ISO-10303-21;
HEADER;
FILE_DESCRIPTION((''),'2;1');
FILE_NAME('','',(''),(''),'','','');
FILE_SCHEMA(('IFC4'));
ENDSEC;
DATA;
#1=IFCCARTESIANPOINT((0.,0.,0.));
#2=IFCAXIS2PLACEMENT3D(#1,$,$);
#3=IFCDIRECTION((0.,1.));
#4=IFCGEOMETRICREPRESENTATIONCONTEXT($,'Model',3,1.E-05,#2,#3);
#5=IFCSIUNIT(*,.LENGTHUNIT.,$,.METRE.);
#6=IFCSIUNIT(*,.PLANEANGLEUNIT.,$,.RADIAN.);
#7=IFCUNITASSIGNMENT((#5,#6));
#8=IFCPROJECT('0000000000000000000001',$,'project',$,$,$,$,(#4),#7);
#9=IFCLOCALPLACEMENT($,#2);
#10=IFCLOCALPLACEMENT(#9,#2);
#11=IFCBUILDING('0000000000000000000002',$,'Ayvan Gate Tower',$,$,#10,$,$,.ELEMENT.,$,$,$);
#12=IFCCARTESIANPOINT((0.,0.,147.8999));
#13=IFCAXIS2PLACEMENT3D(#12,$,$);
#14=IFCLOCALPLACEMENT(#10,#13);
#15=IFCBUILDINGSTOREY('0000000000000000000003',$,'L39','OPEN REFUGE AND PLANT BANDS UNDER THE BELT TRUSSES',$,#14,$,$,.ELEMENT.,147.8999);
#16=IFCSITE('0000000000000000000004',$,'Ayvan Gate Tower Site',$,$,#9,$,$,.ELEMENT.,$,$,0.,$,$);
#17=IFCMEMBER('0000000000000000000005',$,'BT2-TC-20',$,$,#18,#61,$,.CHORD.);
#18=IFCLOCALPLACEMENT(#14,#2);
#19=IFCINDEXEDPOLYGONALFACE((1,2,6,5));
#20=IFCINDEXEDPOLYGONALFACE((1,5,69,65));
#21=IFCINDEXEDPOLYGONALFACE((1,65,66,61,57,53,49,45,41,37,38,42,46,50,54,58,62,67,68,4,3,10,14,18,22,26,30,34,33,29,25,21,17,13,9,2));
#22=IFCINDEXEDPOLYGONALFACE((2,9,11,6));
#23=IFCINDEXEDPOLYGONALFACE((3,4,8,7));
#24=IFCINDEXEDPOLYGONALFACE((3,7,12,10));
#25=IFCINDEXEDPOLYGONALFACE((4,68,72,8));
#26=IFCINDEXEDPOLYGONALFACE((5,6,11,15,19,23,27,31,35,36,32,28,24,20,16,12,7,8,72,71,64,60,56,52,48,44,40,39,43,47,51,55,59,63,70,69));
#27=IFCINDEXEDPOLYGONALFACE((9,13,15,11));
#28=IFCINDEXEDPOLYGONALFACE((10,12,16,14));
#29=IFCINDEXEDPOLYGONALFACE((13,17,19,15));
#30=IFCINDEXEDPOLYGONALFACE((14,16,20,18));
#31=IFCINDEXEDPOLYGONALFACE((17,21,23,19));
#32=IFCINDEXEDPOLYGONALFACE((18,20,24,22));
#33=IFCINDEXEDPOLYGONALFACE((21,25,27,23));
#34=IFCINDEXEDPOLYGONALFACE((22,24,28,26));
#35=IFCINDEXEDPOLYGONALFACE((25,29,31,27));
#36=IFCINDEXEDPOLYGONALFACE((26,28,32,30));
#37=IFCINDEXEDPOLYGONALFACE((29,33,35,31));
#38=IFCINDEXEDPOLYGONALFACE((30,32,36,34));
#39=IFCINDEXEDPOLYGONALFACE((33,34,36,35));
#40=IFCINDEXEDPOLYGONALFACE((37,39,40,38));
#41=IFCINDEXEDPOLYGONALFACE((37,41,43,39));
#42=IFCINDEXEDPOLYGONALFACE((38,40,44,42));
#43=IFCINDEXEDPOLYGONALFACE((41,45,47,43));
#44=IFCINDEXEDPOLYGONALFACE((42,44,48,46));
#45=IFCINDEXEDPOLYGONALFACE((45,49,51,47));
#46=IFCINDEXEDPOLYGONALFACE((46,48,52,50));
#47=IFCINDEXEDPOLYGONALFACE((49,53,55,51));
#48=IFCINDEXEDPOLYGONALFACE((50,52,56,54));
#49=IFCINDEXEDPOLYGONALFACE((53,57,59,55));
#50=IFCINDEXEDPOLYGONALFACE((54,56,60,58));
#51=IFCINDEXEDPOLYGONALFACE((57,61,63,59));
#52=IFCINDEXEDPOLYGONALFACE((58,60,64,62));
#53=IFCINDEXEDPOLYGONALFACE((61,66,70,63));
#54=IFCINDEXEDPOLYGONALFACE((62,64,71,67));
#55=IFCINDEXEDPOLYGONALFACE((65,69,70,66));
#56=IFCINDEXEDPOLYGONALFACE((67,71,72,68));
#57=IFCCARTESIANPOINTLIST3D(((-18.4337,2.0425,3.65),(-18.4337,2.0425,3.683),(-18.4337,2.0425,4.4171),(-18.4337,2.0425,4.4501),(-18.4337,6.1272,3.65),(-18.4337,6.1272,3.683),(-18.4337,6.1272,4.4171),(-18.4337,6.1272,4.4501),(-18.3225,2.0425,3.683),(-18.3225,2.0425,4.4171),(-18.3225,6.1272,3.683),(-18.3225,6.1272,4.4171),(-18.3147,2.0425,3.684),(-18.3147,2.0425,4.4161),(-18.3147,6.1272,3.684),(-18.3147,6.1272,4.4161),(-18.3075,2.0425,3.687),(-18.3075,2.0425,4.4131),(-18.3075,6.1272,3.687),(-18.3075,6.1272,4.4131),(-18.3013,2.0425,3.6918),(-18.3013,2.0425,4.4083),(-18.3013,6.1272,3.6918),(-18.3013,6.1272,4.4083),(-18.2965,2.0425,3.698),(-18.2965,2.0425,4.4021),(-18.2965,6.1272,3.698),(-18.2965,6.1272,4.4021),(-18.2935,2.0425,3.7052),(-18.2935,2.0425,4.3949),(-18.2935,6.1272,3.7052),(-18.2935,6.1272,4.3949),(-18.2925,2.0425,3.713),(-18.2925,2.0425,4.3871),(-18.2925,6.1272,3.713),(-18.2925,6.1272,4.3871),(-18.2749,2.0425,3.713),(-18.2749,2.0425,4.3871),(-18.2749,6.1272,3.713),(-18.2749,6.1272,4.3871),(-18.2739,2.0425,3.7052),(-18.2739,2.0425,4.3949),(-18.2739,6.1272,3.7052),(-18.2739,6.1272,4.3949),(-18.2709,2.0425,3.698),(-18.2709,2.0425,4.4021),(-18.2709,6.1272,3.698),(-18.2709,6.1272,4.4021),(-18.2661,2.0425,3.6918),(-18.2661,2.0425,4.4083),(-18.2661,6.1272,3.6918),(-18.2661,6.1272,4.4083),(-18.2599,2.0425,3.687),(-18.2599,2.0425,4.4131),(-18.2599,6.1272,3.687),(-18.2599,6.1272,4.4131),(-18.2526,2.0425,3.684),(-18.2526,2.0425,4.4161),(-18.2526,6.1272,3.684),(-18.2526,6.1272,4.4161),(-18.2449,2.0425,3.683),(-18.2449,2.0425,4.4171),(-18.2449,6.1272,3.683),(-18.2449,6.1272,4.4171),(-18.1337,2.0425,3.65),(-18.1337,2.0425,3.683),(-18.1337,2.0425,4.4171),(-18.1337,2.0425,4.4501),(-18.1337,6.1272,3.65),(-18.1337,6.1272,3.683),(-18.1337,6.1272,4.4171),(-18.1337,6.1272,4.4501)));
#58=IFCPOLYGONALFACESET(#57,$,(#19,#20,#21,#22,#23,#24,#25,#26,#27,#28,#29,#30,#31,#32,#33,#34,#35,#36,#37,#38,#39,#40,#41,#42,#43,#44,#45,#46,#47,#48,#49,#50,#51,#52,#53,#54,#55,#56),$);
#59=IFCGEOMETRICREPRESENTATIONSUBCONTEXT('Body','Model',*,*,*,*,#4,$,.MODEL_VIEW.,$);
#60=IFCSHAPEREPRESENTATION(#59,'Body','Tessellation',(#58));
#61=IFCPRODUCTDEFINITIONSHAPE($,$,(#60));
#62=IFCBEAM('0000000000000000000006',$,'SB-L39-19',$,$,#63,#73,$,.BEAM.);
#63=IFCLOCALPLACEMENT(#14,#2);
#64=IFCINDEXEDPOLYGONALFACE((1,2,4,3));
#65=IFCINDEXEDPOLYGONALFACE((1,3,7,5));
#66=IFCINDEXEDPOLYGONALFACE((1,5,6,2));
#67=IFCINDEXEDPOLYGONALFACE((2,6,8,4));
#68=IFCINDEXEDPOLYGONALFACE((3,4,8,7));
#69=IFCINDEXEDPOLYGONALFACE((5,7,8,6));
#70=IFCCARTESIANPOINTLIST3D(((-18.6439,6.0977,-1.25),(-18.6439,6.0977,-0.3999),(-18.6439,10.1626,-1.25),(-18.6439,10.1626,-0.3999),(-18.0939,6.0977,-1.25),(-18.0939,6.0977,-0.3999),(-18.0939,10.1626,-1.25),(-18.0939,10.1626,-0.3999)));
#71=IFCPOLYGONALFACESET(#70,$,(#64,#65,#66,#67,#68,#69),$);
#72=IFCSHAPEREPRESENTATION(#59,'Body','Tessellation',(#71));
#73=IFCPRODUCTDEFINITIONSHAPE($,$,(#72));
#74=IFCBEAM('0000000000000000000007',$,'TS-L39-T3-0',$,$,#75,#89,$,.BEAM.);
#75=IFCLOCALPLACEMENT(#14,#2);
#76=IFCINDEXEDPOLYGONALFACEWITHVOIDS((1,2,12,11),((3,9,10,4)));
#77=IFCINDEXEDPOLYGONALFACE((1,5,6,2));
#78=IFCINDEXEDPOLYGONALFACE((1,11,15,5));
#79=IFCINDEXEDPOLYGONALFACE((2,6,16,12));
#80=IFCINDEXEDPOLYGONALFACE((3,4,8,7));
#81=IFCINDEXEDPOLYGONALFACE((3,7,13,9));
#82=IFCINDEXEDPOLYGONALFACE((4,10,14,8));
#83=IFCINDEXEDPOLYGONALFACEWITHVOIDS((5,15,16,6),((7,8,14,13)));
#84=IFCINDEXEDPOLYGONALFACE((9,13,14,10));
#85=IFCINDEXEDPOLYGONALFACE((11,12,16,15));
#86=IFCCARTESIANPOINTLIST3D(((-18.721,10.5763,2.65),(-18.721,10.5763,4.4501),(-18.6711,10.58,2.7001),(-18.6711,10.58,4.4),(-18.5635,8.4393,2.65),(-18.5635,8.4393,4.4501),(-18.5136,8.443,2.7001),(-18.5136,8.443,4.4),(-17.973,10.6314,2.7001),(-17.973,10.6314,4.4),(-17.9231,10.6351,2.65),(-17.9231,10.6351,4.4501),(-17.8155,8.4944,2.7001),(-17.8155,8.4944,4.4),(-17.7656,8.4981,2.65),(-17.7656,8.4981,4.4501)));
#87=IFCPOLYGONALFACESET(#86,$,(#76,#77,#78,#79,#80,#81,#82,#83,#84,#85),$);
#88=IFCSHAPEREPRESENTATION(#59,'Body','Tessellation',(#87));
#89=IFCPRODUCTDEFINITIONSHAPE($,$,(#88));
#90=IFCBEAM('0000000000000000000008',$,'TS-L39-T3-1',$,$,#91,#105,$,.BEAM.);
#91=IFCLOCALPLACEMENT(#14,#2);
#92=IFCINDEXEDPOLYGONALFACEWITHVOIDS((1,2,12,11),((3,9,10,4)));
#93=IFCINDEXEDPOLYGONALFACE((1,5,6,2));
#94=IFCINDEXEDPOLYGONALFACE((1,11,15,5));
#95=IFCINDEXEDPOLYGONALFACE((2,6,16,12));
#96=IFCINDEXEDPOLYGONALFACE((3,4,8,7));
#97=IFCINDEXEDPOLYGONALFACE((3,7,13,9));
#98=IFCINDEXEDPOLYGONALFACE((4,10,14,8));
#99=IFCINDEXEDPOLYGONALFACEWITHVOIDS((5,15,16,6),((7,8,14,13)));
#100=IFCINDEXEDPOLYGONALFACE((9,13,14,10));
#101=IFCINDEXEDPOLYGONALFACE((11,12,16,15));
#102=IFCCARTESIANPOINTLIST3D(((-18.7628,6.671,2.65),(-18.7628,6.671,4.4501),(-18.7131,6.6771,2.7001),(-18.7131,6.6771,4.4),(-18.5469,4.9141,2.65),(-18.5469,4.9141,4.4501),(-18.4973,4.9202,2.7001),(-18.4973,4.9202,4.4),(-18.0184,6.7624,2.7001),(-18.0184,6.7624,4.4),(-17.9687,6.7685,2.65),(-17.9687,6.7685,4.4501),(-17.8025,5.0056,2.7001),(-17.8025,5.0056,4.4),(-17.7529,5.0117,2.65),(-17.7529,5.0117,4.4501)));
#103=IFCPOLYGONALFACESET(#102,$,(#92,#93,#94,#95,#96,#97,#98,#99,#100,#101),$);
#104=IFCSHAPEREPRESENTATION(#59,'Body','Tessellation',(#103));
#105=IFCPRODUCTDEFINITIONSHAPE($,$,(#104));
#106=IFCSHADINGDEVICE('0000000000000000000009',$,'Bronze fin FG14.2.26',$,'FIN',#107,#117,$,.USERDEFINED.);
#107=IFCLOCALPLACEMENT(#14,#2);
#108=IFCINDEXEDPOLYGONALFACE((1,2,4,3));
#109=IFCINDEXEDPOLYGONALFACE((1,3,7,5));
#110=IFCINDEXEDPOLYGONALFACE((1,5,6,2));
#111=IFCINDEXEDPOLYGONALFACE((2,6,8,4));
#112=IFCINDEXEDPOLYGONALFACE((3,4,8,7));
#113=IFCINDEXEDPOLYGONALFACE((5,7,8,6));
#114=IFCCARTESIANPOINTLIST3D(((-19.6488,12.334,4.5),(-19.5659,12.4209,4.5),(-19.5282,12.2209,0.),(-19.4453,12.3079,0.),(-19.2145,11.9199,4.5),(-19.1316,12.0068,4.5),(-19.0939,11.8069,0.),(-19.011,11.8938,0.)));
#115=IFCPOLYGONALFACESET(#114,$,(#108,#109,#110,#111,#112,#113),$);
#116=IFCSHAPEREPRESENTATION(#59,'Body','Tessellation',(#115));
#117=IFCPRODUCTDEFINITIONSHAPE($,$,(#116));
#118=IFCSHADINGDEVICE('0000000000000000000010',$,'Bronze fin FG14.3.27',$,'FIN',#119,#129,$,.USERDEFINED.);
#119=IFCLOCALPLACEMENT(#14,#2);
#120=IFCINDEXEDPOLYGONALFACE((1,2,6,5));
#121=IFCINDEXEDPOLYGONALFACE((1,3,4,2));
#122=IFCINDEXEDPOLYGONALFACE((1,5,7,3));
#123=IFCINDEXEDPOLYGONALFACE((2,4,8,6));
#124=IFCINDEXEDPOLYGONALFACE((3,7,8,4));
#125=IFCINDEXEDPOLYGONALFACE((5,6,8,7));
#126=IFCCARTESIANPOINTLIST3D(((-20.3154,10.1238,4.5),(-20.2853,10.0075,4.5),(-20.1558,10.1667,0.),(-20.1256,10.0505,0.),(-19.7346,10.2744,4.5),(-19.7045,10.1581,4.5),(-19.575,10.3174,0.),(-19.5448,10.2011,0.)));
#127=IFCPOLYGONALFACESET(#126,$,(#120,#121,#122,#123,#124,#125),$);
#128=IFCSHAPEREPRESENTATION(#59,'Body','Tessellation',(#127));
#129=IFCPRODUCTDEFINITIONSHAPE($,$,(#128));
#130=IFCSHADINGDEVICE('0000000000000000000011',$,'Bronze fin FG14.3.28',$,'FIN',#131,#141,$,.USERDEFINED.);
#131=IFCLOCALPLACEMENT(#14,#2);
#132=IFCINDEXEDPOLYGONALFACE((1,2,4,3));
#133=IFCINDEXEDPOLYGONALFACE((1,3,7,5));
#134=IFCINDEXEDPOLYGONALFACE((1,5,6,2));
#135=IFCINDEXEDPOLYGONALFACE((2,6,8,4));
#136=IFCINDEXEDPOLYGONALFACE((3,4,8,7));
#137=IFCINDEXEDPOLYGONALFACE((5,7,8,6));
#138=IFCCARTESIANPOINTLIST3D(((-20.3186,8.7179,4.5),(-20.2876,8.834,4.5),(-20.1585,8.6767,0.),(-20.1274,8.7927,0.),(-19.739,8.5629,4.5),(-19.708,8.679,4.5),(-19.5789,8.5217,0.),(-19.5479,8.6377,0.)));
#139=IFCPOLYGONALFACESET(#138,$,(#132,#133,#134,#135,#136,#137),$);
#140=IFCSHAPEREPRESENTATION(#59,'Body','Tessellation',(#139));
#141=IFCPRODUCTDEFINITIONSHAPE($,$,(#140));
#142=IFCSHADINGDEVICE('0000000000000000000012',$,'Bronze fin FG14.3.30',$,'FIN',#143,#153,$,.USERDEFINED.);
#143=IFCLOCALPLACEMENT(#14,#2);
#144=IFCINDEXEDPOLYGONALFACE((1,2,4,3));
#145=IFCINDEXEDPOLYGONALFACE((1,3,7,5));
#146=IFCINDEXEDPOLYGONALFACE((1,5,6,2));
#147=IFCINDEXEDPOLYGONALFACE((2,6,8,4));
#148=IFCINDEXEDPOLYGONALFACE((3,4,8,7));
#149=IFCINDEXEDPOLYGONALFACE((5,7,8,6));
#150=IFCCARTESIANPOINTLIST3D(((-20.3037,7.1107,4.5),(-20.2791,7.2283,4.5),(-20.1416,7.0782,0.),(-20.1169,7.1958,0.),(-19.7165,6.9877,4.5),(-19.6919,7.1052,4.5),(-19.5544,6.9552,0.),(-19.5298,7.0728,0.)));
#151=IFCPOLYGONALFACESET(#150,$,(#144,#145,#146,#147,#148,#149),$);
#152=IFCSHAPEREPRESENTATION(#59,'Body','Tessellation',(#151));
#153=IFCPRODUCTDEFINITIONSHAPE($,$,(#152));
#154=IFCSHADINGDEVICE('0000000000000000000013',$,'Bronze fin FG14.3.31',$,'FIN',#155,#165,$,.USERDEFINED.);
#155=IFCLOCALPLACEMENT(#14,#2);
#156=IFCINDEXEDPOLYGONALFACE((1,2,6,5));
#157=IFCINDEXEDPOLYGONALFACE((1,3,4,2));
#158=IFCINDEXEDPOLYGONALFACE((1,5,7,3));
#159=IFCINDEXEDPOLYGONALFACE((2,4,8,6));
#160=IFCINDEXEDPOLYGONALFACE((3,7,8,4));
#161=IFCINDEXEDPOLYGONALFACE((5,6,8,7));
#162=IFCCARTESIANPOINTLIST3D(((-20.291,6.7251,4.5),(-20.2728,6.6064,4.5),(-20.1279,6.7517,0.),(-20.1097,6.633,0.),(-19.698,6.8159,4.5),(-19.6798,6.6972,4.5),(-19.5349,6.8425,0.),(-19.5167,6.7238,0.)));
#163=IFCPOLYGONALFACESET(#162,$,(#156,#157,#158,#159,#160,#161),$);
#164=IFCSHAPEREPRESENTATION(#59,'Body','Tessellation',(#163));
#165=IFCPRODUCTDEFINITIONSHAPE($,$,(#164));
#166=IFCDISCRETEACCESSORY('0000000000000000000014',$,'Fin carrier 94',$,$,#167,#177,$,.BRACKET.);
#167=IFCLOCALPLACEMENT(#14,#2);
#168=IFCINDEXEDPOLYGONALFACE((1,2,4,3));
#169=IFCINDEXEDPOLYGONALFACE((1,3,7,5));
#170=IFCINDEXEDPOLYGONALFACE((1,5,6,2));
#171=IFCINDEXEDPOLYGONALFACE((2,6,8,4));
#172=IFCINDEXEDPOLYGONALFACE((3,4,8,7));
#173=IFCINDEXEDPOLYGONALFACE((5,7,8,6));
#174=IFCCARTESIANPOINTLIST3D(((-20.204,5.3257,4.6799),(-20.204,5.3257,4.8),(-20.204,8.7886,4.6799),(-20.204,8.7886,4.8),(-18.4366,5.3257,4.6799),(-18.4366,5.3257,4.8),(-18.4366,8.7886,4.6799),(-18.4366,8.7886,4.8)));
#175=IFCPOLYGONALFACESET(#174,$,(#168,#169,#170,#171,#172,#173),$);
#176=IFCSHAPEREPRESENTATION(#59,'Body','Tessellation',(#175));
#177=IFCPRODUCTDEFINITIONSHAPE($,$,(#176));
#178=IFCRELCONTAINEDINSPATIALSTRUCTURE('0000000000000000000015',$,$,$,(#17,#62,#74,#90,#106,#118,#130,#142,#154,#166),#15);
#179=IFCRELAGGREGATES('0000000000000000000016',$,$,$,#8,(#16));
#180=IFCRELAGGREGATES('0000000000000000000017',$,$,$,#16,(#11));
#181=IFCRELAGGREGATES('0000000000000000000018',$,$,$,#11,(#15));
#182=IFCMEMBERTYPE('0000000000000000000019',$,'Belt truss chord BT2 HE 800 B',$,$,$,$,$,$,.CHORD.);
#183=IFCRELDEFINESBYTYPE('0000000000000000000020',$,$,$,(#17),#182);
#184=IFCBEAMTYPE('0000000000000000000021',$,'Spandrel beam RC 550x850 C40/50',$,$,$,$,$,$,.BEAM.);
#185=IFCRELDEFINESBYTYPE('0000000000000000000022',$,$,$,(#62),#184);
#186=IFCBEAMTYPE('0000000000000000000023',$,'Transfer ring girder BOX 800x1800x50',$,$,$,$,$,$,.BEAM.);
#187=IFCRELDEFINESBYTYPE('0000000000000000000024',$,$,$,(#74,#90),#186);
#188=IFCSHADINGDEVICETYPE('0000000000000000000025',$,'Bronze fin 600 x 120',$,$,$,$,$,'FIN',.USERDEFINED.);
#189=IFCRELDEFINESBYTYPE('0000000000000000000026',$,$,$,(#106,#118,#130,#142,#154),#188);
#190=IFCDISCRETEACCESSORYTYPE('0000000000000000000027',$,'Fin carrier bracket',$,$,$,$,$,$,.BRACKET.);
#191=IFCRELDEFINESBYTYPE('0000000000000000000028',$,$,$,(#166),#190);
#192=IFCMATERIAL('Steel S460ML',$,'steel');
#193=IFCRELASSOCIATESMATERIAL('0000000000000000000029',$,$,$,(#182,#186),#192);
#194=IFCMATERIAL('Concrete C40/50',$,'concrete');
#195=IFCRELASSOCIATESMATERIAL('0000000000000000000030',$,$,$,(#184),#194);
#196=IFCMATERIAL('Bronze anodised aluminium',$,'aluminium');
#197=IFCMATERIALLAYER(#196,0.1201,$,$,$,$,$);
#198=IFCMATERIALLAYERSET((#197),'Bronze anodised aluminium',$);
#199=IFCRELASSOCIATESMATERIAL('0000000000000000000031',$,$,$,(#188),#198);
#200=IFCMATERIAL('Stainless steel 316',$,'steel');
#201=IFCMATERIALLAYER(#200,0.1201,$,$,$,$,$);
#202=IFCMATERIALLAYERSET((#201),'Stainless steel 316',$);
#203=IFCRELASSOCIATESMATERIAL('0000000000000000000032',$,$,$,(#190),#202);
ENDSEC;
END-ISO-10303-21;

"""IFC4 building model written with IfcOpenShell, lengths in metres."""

from ifc_helpers import new_model, si_unit, direction, frame, origin, origin_2d, place, context, subcontext, project, spatial, polyline, rectangle, hollow_rectangle, i_section, outline, extrude, material, layer, layer_set, material_profile, profile_set, type_object, element, save


model = new_model("IFC4")

# Units and contexts
model_context = context("Model", 3, precision=1e-05, world=origin(), true_north=direction((0.0, 1.0)))
body_context = subcontext(model_context, "Body", "Model", "MODEL_VIEW")
ifc_project = project(units=[si_unit("LENGTHUNIT", "METRE"), si_unit("PLANEANGLEUNIT", "RADIAN")], contexts=[model_context])

# Site, building, storey
site_placement = place(None, origin())
site = spatial("IfcSite", under=ifc_project, at=site_placement, Name="Ayvan Gate Tower Site", CompositionType="ELEMENT", RefElevation=0.0)
building_placement = place(site_placement, origin())
building = spatial("IfcBuilding", under=site, at=building_placement, Name="Ayvan Gate Tower", CompositionType="ELEMENT")
storey_placement = place(building_placement, frame((0.0, 0.0, 147.8999)))
storey = spatial("IfcBuildingStorey", under=building, at=storey_placement, Name="L39", Description="OPEN REFUGE AND PLANT BANDS UNDER THE BELT TRUSSES", CompositionType="ELEMENT", Elevation=147.8999)

# Member
ifc_material_1 = material(Name="Steel S460ML", Category="steel")
ifc_material_profile_1 = material_profile(ifc_material_1, i_section(OverallWidth=0.3, OverallDepth=0.8, WebThickness=0.0176, FlangeThickness=0.033, FilletRadius=0.03, at=origin_2d()), Name="HE 800 B")
ifc_profile_set_1 = profile_set([ifc_material_profile_1], Name="Steel S460ML")
member_type_1 = type_object("IfcMemberType", Name="Belt truss chord BT2 HE 800 B", PredefinedType="CHORD", material=ifc_profile_set_1)
member_1_placement = place(storey_placement, frame((-18.2837, 6.1272, 4.05), z_axis=(0.0, -1.0, 0.0), x_axis=(1.0, 0.0, 0.0)))
element("IfcMember", 1, at=member_1_placement, inside=storey, type_object=member_type_1, Name="BT2-TC-20", PredefinedType="CHORD", context=body_context, shape_type="SweptSolid", body=[
    extrude(i_section(OverallWidth=0.3, OverallDepth=0.8, WebThickness=0.0176, FlangeThickness=0.033, FilletRadius=0.03, at=origin_2d()), origin(), (0.0, 0.0, 1.0), 4.0847),
])

# Beams
ifc_material_2 = material(Name="Concrete C40/50", Category="concrete")
ifc_material_profile_2 = material_profile(ifc_material_2, rectangle(XDim=0.55, YDim=0.8501, at=origin_2d()), Name="RC 550x850")
ifc_profile_set_2 = profile_set([ifc_material_profile_2], Name="Concrete C40/50")
beam_type_1 = type_object("IfcBeamType", Name="Spandrel beam RC 550x850 C40/50", PredefinedType="BEAM", material=ifc_profile_set_2)
beam_1_placement = place(storey_placement, frame((-18.3689, 10.1626, -0.825), z_axis=(0.0, -1.0, 0.0), x_axis=(1.0, 0.0, 0.0)))
element("IfcBeam", 2, at=beam_1_placement, inside=storey, type_object=beam_type_1, Name="SB-L39-19", PredefinedType="BEAM", context=body_context, shape_type="SweptSolid", body=[
    extrude(rectangle(XDim=0.55, YDim=0.8501, at=origin_2d()), origin(), (0.0, 0.0, 1.0), 4.0649),
])
ifc_material_profile_3 = material_profile(ifc_material_1, hollow_rectangle(XDim=0.8, YDim=1.8, WallThickness=0.05, at=origin_2d()), Name="BOX 800x1800x50")
ifc_profile_set_3 = profile_set([ifc_material_profile_3], Name="Steel S460ML")
beam_type_2 = type_object("IfcBeamType", Name="Transfer ring girder BOX 800x1800x50", PredefinedType="BEAM", material=ifc_profile_set_3)
beam_2_placement = place(storey_placement, frame((-18.322, 10.6057, 3.55), z_axis=(0.07349, -0.997296, 0.0), x_axis=(0.997296, 0.07349, 0.0)))
element("IfcBeam", 3, at=beam_2_placement, inside=storey, type_object=beam_type_2, Name="TS-L39-T3-0", PredefinedType="BEAM", context=body_context, shape_type="SweptSolid", body=[
    extrude(hollow_rectangle(XDim=0.8, YDim=1.8, WallThickness=0.05, at=origin_2d()), origin(), (0.0, 0.0, 1.0), 2.1428),
])
beam_3_placement = place(storey_placement, frame((-18.3657, 6.7197, 3.55), z_axis=(0.121929, -0.992539, 0.0), x_axis=(0.992539, 0.121929, 0.0)))
element("IfcBeam", 4, at=beam_3_placement, inside=storey, type_object=beam_type_2, Name="TS-L39-T3-1", PredefinedType="BEAM", context=body_context, shape_type="SweptSolid", body=[
    extrude(hollow_rectangle(XDim=0.8, YDim=1.8, WallThickness=0.05, at=origin_2d()), origin(), (0.0, 0.0, 1.0), 1.77),
])

# Shading devices
ifc_material_3 = material(Name="Bronze anodised aluminium", Category="aluminium")
ifc_layer_1 = layer(ifc_material_3, 0.1201)
ifc_layer_set_1 = layer_set([ifc_layer_1], Name="Bronze anodised aluminium")
shading_device_type = type_object("IfcShadingDeviceType", Name="Bronze fin 600 x 120", ElementType="FIN", PredefinedType="USERDEFINED", material=ifc_layer_set_1)
shading_device_1_placement = place(storey_placement, frame((-19.011, 11.8938, 0.0), z_axis=(0.690021, 0.723789, 0.000312), x_axis=(-0.72379, 0.690021, 0.0)))
element("IfcShadingDevice", 5, at=shading_device_1_placement, inside=storey, type_object=shading_device_type, Name="Bronze fin FG14.2.26", ObjectType="FIN", PredefinedType="USERDEFINED", context=body_context, shape_type="SweptSolid", body=[
    extrude(outline(polyline([(0.0, 0.0), (0.6001, 0.0), (0.7654, 4.5), (0.1653, 4.5), (0.0, 0.0)])), origin(), (0.0, 0.0, -1.0), 0.1201),
])
shading_device_2_placement = place(storey_placement, frame((-19.575, 10.3174, 0.0), z_axis=(-0.251047, 0.967975, 0.000335), x_axis=(-0.967975, -0.251047, 0.0)))
element("IfcShadingDevice", 6, at=shading_device_2_placement, inside=storey, type_object=shading_device_type, Name="Bronze fin FG14.3.27", ObjectType="FIN", PredefinedType="USERDEFINED", context=body_context, shape_type="SweptSolid", body=[
    extrude(outline(polyline([(0.0, 0.0), (0.6, 0.0), (0.7654, 4.5), (0.1653, 4.5), (0.0, 0.0)])), origin(), (0.0, 0.0, -1.0), 0.1201),
])
shading_device_3_placement = place(storey_placement, frame((-19.5479, 8.6377, 0.0), z_axis=(0.258397, 0.966039, 0.000339), x_axis=(-0.966039, 0.258397, 0.0)))
element("IfcShadingDevice", 7, at=shading_device_3_placement, inside=storey, type_object=shading_device_type, Name="Bronze fin FG14.3.28", ObjectType="FIN", PredefinedType="USERDEFINED", context=body_context, shape_type="SweptSolid", body=[
    extrude(outline(polyline([(0.0, 0.0), (0.6, 0.0), (0.7653, 4.5), (0.1654, 4.5), (0.0, 0.0)])), origin(), (0.0, 0.0, -1.0), 0.1201),
])
shading_device_4_placement = place(storey_placement, frame((-19.5298, 7.0728, 0.0), z_axis=(0.205108, 0.978739, 0.000327), x_axis=(-0.978739, 0.205108, 0.0)))
element("IfcShadingDevice", 8, at=shading_device_4_placement, inside=storey, type_object=shading_device_type, Name="Bronze fin FG14.3.30", ObjectType="FIN", PredefinedType="USERDEFINED", context=body_context, shape_type="SweptSolid", body=[
    extrude(outline(polyline([(0.0, 0.0), (0.5999, 0.0), (0.7652, 4.5), (0.1653, 4.5), (0.0, 0.0)])), origin(), (0.0, 0.0, -1.0), 0.1201),
])
shading_device_5_placement = place(storey_placement, frame((-19.5349, 6.8425, 0.0), z_axis=(-0.151384, 0.988475, 0.000359), x_axis=(-0.988475, -0.151384, 0.0)))
element("IfcShadingDevice", 9, at=shading_device_5_placement, inside=storey, type_object=shading_device_type, Name="Bronze fin FG14.3.31", ObjectType="FIN", PredefinedType="USERDEFINED", context=body_context, shape_type="SweptSolid", body=[
    extrude(outline(polyline([(0.0, 0.0), (0.5999, 0.0), (0.7652, 4.5), (0.1652, 4.5), (0.0, 0.0)])), origin(), (0.0, 0.0, -1.0), 0.1201),
])

# Discrete accessory
ifc_material_4 = material(Name="Stainless steel 316", Category="steel")
ifc_layer_2 = layer(ifc_material_4, 0.1201)
ifc_layer_set_2 = layer_set([ifc_layer_2], Name="Stainless steel 316")
discrete_accessory_type_1 = type_object("IfcDiscreteAccessoryType", Name="Fin carrier bracket", PredefinedType="BRACKET", material=ifc_layer_set_2)
discrete_accessory_1_placement = place(storey_placement, frame((-19.3203, 7.0571, 4.6799), z_axis=(0.0, 0.0, 1.0), x_axis=(0.0, -1.0, 0.0)))
element("IfcDiscreteAccessory", 10, at=discrete_accessory_1_placement, inside=storey, type_object=discrete_accessory_type_1, Name="Fin carrier 94", PredefinedType="BRACKET", context=body_context, shape_type="SweptSolid", body=[
    extrude(rectangle(XDim=3.4629, YDim=1.7673, at=origin_2d()), origin(), (0.0, 0.0, 1.0), 0.1201),
])

save(model, "model.ifc")
